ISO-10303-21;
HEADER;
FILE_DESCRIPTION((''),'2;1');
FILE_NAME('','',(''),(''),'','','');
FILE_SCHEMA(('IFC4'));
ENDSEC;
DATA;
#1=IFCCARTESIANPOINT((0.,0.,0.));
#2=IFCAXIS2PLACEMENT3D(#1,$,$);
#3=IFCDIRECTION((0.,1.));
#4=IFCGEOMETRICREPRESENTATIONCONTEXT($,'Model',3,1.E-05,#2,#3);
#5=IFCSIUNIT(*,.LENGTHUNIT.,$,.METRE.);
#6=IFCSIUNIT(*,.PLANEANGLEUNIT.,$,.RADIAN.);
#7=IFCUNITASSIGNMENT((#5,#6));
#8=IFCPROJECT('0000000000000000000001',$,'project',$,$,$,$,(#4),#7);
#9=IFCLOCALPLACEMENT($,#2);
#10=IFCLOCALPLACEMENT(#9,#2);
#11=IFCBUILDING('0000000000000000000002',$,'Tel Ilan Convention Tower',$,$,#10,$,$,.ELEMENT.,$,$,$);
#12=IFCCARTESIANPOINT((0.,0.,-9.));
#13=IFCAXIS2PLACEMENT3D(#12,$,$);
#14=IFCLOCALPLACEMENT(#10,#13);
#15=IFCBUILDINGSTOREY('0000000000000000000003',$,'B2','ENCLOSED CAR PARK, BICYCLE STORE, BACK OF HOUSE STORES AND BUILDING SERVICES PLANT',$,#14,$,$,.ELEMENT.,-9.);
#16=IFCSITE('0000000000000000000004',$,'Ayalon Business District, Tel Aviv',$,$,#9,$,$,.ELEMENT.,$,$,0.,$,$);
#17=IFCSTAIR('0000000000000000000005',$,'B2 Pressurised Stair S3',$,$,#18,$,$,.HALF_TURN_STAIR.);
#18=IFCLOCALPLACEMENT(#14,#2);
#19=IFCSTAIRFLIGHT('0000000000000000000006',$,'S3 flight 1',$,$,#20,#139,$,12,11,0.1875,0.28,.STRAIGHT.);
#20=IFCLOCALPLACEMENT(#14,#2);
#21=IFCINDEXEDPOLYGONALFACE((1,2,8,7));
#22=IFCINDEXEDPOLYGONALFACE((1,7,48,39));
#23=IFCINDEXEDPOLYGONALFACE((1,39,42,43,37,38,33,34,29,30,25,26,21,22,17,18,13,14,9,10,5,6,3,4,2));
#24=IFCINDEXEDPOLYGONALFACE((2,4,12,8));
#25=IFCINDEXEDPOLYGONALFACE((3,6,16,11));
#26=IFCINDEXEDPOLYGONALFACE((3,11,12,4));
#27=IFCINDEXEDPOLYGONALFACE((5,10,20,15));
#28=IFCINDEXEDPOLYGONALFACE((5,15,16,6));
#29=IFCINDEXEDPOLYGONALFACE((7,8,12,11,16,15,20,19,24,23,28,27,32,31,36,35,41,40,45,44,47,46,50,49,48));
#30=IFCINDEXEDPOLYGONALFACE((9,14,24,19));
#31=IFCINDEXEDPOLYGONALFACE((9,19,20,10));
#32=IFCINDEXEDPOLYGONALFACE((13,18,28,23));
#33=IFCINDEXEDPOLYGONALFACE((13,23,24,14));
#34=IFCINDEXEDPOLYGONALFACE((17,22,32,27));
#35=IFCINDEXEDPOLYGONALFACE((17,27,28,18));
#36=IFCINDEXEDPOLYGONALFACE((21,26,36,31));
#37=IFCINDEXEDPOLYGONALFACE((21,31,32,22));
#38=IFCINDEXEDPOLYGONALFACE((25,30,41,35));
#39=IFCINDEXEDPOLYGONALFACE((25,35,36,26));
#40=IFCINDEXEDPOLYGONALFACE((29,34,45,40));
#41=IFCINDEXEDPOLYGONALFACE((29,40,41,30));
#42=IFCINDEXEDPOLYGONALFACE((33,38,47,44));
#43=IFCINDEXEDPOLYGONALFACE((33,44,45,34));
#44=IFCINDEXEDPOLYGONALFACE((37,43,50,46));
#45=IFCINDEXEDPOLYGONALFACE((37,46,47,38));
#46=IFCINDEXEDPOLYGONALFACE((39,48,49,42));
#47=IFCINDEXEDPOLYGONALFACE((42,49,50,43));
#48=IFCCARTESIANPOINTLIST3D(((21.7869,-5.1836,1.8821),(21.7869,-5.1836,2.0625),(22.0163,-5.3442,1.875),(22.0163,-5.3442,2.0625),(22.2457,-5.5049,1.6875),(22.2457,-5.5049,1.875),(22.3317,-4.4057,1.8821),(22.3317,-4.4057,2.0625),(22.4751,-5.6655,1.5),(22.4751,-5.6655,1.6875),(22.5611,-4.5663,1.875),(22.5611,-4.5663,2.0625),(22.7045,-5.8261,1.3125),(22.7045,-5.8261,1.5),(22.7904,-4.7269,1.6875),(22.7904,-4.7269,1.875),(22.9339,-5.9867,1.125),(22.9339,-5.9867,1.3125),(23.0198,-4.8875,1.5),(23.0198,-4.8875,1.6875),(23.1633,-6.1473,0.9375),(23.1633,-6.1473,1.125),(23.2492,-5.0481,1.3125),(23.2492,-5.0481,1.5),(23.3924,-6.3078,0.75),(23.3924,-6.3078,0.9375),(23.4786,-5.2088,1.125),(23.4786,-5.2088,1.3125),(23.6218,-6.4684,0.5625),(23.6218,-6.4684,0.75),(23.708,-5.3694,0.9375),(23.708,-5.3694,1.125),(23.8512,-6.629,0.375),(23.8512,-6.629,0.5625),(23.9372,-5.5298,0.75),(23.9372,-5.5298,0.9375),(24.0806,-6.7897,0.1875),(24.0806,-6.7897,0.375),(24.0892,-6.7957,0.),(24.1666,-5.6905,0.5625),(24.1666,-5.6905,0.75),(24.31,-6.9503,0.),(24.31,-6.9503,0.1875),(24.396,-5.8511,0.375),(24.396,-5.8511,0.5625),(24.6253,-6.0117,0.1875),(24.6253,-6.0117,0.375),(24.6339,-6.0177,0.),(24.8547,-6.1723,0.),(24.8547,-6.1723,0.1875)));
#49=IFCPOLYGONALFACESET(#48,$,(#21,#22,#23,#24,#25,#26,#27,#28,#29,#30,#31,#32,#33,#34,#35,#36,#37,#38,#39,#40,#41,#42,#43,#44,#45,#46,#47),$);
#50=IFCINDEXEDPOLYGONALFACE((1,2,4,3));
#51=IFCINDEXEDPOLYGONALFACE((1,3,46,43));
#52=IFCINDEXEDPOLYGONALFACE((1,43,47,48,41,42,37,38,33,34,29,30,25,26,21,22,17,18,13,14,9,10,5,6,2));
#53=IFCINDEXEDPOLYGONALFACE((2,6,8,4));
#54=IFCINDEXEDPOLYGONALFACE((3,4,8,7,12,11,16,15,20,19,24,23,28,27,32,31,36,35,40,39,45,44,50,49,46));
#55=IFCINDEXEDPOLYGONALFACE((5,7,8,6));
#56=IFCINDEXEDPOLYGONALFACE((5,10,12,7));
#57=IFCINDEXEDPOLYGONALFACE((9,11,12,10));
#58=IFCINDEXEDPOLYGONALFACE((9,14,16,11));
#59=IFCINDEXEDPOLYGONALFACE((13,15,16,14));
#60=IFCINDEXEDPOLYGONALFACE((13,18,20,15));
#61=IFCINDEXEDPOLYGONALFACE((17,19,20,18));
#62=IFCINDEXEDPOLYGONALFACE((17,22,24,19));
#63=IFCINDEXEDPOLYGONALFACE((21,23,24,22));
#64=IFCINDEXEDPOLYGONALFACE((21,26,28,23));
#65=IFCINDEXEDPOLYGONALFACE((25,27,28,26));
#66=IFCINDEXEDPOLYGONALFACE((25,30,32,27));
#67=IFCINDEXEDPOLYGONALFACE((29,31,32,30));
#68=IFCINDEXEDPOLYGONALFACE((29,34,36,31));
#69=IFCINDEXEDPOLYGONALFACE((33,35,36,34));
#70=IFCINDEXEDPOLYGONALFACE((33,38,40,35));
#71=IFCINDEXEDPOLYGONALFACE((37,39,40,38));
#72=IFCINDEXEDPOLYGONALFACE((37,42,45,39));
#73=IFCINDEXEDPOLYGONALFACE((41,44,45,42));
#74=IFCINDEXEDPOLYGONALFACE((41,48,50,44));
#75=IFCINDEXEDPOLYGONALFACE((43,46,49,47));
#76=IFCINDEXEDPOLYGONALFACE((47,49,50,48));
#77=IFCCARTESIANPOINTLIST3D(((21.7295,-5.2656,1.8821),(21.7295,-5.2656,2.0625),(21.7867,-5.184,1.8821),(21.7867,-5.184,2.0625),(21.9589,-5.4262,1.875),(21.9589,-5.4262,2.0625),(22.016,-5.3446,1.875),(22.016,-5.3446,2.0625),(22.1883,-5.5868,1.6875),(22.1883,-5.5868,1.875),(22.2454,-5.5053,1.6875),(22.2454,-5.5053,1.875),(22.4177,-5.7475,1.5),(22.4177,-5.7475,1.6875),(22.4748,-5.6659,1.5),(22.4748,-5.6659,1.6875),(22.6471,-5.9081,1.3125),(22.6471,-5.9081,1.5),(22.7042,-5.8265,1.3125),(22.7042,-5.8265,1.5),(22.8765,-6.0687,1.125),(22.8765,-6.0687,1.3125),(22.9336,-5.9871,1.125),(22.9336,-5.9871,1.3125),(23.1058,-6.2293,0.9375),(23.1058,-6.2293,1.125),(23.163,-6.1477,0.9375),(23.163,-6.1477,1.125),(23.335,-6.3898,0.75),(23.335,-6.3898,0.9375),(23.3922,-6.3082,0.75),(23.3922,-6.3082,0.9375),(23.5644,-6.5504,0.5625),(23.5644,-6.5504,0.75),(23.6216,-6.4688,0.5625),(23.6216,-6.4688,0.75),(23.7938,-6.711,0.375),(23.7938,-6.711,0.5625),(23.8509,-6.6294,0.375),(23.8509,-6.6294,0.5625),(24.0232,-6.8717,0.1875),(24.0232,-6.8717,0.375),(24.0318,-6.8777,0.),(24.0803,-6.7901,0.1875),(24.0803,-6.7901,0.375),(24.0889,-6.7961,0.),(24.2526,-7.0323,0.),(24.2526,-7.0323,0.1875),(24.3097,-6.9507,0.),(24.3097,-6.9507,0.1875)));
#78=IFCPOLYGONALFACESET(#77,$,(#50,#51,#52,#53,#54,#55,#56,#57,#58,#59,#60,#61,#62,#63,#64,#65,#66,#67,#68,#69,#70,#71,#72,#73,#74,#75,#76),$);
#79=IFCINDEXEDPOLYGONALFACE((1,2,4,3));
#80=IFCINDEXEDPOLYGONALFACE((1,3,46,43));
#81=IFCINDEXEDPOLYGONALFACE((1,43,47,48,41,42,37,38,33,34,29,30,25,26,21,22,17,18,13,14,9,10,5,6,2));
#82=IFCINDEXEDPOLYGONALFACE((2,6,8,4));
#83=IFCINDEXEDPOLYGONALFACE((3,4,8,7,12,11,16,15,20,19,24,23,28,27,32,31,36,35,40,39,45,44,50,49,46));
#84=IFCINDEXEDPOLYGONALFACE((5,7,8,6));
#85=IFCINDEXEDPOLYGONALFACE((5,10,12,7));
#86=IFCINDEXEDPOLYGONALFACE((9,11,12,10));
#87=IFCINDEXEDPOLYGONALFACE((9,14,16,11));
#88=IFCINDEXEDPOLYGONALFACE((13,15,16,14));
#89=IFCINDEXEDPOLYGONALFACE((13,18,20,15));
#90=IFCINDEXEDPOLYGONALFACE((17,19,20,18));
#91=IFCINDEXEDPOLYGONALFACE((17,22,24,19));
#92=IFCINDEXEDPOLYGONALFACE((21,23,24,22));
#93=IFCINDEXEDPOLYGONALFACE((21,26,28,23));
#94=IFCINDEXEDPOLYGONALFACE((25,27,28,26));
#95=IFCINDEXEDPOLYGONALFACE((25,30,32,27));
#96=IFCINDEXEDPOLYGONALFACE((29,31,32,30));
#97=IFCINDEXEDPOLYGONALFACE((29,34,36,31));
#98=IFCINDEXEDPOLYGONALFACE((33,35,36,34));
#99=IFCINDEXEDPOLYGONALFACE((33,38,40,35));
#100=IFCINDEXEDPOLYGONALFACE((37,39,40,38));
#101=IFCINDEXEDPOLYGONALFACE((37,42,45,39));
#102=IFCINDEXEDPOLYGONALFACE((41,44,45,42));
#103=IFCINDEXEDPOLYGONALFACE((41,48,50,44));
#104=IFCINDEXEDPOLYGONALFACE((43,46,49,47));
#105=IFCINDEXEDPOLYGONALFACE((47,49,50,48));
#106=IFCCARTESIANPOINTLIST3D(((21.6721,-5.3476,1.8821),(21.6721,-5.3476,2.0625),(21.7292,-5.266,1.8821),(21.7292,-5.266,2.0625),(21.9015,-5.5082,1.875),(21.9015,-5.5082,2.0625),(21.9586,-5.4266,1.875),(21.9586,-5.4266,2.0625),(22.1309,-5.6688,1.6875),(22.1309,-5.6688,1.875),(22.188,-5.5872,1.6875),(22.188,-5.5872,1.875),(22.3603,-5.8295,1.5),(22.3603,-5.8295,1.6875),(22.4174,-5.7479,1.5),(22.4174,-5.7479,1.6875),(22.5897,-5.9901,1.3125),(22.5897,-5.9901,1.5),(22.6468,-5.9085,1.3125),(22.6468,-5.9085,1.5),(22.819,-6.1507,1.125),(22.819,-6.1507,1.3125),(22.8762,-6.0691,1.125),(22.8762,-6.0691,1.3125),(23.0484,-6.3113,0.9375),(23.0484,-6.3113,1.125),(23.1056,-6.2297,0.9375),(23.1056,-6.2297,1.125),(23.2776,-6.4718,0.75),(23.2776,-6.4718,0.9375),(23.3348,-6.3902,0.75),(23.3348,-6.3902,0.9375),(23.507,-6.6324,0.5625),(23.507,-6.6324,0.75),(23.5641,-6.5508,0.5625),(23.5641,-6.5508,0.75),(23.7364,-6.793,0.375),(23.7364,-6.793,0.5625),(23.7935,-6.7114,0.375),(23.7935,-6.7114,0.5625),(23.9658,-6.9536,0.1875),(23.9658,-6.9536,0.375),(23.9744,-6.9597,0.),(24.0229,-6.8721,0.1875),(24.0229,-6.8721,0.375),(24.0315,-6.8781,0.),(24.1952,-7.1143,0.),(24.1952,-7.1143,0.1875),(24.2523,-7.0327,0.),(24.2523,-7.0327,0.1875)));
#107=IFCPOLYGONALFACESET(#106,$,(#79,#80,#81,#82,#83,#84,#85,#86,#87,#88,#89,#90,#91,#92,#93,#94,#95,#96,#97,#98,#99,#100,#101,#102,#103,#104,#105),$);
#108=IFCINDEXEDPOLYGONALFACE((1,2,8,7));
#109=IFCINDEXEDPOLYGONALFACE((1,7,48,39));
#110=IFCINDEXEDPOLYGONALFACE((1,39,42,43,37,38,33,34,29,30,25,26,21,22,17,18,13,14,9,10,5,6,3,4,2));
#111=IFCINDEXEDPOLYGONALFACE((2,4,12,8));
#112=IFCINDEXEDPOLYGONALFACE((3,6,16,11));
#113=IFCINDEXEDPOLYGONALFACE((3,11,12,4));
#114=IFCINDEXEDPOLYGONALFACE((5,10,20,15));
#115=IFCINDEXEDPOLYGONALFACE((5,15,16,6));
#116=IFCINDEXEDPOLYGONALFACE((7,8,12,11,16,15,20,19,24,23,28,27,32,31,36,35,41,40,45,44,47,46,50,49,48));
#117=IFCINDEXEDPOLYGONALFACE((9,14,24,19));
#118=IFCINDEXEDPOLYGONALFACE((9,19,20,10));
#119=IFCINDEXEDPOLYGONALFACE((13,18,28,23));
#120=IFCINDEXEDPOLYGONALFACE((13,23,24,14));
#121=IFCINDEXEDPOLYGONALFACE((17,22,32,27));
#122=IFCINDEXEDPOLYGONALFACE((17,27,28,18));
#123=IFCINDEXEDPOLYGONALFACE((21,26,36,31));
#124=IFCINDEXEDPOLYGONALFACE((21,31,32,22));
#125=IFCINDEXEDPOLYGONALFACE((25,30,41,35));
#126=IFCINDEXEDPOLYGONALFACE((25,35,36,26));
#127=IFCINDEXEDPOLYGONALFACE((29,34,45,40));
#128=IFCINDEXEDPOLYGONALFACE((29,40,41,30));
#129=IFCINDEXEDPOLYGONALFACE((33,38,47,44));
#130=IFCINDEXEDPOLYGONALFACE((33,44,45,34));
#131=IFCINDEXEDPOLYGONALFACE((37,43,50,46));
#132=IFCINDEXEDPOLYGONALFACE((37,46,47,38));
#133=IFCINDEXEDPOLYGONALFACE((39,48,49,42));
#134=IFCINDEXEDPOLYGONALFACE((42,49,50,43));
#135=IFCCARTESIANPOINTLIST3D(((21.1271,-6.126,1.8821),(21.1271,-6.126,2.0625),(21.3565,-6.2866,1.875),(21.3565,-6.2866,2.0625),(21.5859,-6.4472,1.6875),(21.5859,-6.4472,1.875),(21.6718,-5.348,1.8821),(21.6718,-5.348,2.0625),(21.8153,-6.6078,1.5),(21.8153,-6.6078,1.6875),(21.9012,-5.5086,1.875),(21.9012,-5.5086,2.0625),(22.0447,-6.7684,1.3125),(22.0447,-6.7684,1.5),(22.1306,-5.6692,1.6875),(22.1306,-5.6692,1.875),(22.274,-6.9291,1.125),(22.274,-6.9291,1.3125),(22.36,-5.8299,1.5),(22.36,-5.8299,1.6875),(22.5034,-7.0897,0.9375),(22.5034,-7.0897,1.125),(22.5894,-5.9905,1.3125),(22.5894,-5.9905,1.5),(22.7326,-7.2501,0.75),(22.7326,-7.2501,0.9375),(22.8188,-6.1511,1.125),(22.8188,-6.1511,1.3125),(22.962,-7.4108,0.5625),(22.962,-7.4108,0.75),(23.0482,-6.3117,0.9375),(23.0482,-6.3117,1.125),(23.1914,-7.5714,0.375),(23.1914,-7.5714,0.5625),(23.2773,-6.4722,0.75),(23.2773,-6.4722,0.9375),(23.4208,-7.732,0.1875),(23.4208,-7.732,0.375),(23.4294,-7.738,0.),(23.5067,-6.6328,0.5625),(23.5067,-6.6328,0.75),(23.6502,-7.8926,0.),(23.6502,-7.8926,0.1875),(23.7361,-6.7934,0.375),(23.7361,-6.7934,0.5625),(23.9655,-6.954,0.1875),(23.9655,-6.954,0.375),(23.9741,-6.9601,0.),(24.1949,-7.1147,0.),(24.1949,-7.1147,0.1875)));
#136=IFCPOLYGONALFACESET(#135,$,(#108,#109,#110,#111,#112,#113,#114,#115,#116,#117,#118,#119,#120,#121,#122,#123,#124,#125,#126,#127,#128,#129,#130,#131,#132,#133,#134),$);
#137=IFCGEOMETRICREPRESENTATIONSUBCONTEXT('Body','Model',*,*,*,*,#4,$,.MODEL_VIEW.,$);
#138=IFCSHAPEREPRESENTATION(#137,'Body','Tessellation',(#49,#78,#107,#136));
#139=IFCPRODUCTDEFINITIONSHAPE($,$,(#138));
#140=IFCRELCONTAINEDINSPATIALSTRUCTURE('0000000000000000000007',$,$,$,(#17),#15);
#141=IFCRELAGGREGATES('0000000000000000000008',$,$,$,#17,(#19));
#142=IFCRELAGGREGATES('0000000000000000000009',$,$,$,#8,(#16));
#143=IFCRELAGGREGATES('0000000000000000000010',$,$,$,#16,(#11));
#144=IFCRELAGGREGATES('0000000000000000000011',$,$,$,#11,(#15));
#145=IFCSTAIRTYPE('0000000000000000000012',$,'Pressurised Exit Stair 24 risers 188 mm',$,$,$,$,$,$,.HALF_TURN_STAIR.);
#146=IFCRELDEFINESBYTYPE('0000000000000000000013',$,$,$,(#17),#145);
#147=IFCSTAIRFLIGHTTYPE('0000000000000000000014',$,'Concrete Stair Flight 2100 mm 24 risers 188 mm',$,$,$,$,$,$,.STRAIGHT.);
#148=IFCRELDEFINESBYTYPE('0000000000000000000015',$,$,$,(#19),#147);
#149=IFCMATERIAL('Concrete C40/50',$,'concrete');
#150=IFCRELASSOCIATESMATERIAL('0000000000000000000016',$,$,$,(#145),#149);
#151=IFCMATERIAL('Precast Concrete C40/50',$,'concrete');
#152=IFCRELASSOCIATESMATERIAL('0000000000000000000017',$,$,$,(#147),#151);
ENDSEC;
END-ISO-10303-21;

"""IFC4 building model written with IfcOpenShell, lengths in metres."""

from ifc_helpers import new_model, si_unit, direction, frame, origin, place, context, subcontext, project, spatial, polyline, outline, extrude, material, type_object, element, aggregate, save


model = new_model("IFC4")

# Units and contexts
model_context = context("Model", 3, precision=1e-05, world=origin(), true_north=direction((0.0, 1.0)))
body_context = subcontext(model_context, "Body", "Model", "MODEL_VIEW")
ifc_project = project(units=[si_unit("LENGTHUNIT", "METRE"), si_unit("PLANEANGLEUNIT", "RADIAN")], contexts=[model_context])

# Site, building, storey
site_placement = place(None, origin())
site = spatial("IfcSite", under=ifc_project, at=site_placement, Name="Ayalon Business District, Tel Aviv", CompositionType="ELEMENT", RefElevation=0.0)
building_placement = place(site_placement, origin())
building = spatial("IfcBuilding", under=site, at=building_placement, Name="Tel Ilan Convention Tower", CompositionType="ELEMENT")
storey_placement = place(building_placement, frame((0.0, 0.0, -9.0)))
storey = spatial("IfcBuildingStorey", under=building, at=storey_placement, Name="B2", Description="ENCLOSED CAR PARK, BICYCLE STORE, BACK OF HOUSE STORES AND BUILDING SERVICES PLANT", CompositionType="ELEMENT", Elevation=-9.0)

# Stair, stair flight
ifc_material_1 = material(Name="Concrete C40/50", Category="concrete")
stair_type = type_object("IfcStairType", Name="Pressurised Exit Stair 24 risers 188 mm", PredefinedType="HALF_TURN_STAIR", material=ifc_material_1)
stair_1_placement = place(storey_placement, origin())
stair_1 = element("IfcStair", 1, at=stair_1_placement, inside=storey, type_object=stair_type, Name="B2 Pressurised Stair S3", PredefinedType="HALF_TURN_STAIR")
ifc_material_2 = material(Name="Precast Concrete C40/50", Category="concrete")
stair_flight_type = type_object("IfcStairFlightType", Name="Concrete Stair Flight 2100 mm 24 risers 188 mm", PredefinedType="STRAIGHT", material=ifc_material_2)
stair_flight_1_placement = place(storey_placement, frame((24.2524, -7.0325, 0.0), z_axis=(0.0, 0.0, 1.0), x_axis=(-0.819152, 0.573576, 0.0)))
stair_flight_1 = element("IfcStairFlight", 2, at=stair_flight_1_placement, type_object=stair_flight_type, Name="S3 flight 1", NumberOfRisers=12, NumberOfTreads=11, PredefinedType="STRAIGHT", RiserHeight=0.1875, TreadLength=0.28, context=body_context, shape_type="SweptSolid", body=[
    extrude(outline(polyline([(0.0, 0.0), (0.0, 0.1875), (0.28, 0.1875), (0.28, 0.375), (0.5601, 0.375), (0.5601, 0.5625), (0.8401, 0.5625), (0.8401, 0.75), (1.1201, 0.75), (1.1201, 0.9375), (1.3999, 0.9375), (1.3999, 1.125), (1.6799, 1.125), (1.6799, 1.3125), (1.96, 1.3125), (1.96, 1.5), (2.24, 1.5), (2.24, 1.6875), (2.52, 1.6875), (2.52, 1.875), (2.8, 1.875), (2.8, 2.0625), (3.0801, 2.0625), (3.0801, 2.25), (3.0801, 1.8821), (0.2695, 0.0), (0.0, 0.0)])), frame((0.0, -0.1003, 0.0), z_axis=(0.0, -1.0, 0.0), x_axis=(1.0, 0.0, 0.0)), (0.0, 0.0, 1.0), 0.9497),
    extrude(outline(polyline([(0.0, 0.0), (0.0, 0.1875), (0.28, 0.1875), (0.28, 0.375), (0.5601, 0.375), (0.5601, 0.5625), (0.8401, 0.5625), (0.8401, 0.75), (1.1201, 0.75), (1.1201, 0.9375), (1.3999, 0.9375), (1.3999, 1.125), (1.6799, 1.125), (1.6799, 1.3125), (1.96, 1.3125), (1.96, 1.5), (2.24, 1.5), (2.24, 1.6875), (2.52, 1.6875), (2.52, 1.875), (2.8, 1.875), (2.8, 2.0625), (3.0801, 2.0625), (3.0801, 2.25), (3.0801, 1.8821), (0.2695, 0.0), (0.0, 0.0)])), frame((0.0, -0.0002, 0.0), z_axis=(0.0, -1.0, 0.0), x_axis=(1.0, 0.0, 0.0)), (0.0, 0.0, 1.0), 0.0996),
    extrude(outline(polyline([(0.0, 0.0), (0.0, 0.1875), (0.28, 0.1875), (0.28, 0.375), (0.5601, 0.375), (0.5601, 0.5625), (0.8401, 0.5625), (0.8401, 0.75), (1.1201, 0.75), (1.1201, 0.9375), (1.3999, 0.9375), (1.3999, 1.125), (1.6799, 1.125), (1.6799, 1.3125), (1.96, 1.3125), (1.96, 1.5), (2.24, 1.5), (2.24, 1.6875), (2.52, 1.6875), (2.52, 1.875), (2.8, 1.875), (2.8, 2.0625), (3.0801, 2.0625), (3.0801, 2.25), (3.0801, 1.8821), (0.2695, 0.0), (0.0, 0.0)])), frame((0.0, 0.0999, 0.0), z_axis=(0.0, -1.0, 0.0), x_axis=(1.0, 0.0, 0.0)), (0.0, 0.0, 1.0), 0.0996),
    extrude(outline(polyline([(0.0, 0.0), (0.0, 0.1875), (0.28, 0.1875), (0.28, 0.375), (0.5601, 0.375), (0.5601, 0.5625), (0.8401, 0.5625), (0.8401, 0.75), (1.1201, 0.75), (1.1201, 0.9375), (1.3999, 0.9375), (1.3999, 1.125), (1.6799, 1.125), (1.6799, 1.3125), (1.96, 1.3125), (1.96, 1.5), (2.24, 1.5), (2.24, 1.6875), (2.52, 1.6875), (2.52, 1.875), (2.8, 1.875), (2.8, 2.0625), (3.0801, 2.0625), (3.0801, 2.25), (3.0801, 1.8821), (0.2695, 0.0), (0.0, 0.0)])), frame((0.0, 1.05, 0.0), z_axis=(0.0, -1.0, 0.0), x_axis=(1.0, 0.0, 0.0)), (0.0, 0.0, 1.0), 0.9497),
])
aggregate(stair_1, [stair_flight_1])

save(model, "model.ifc")
